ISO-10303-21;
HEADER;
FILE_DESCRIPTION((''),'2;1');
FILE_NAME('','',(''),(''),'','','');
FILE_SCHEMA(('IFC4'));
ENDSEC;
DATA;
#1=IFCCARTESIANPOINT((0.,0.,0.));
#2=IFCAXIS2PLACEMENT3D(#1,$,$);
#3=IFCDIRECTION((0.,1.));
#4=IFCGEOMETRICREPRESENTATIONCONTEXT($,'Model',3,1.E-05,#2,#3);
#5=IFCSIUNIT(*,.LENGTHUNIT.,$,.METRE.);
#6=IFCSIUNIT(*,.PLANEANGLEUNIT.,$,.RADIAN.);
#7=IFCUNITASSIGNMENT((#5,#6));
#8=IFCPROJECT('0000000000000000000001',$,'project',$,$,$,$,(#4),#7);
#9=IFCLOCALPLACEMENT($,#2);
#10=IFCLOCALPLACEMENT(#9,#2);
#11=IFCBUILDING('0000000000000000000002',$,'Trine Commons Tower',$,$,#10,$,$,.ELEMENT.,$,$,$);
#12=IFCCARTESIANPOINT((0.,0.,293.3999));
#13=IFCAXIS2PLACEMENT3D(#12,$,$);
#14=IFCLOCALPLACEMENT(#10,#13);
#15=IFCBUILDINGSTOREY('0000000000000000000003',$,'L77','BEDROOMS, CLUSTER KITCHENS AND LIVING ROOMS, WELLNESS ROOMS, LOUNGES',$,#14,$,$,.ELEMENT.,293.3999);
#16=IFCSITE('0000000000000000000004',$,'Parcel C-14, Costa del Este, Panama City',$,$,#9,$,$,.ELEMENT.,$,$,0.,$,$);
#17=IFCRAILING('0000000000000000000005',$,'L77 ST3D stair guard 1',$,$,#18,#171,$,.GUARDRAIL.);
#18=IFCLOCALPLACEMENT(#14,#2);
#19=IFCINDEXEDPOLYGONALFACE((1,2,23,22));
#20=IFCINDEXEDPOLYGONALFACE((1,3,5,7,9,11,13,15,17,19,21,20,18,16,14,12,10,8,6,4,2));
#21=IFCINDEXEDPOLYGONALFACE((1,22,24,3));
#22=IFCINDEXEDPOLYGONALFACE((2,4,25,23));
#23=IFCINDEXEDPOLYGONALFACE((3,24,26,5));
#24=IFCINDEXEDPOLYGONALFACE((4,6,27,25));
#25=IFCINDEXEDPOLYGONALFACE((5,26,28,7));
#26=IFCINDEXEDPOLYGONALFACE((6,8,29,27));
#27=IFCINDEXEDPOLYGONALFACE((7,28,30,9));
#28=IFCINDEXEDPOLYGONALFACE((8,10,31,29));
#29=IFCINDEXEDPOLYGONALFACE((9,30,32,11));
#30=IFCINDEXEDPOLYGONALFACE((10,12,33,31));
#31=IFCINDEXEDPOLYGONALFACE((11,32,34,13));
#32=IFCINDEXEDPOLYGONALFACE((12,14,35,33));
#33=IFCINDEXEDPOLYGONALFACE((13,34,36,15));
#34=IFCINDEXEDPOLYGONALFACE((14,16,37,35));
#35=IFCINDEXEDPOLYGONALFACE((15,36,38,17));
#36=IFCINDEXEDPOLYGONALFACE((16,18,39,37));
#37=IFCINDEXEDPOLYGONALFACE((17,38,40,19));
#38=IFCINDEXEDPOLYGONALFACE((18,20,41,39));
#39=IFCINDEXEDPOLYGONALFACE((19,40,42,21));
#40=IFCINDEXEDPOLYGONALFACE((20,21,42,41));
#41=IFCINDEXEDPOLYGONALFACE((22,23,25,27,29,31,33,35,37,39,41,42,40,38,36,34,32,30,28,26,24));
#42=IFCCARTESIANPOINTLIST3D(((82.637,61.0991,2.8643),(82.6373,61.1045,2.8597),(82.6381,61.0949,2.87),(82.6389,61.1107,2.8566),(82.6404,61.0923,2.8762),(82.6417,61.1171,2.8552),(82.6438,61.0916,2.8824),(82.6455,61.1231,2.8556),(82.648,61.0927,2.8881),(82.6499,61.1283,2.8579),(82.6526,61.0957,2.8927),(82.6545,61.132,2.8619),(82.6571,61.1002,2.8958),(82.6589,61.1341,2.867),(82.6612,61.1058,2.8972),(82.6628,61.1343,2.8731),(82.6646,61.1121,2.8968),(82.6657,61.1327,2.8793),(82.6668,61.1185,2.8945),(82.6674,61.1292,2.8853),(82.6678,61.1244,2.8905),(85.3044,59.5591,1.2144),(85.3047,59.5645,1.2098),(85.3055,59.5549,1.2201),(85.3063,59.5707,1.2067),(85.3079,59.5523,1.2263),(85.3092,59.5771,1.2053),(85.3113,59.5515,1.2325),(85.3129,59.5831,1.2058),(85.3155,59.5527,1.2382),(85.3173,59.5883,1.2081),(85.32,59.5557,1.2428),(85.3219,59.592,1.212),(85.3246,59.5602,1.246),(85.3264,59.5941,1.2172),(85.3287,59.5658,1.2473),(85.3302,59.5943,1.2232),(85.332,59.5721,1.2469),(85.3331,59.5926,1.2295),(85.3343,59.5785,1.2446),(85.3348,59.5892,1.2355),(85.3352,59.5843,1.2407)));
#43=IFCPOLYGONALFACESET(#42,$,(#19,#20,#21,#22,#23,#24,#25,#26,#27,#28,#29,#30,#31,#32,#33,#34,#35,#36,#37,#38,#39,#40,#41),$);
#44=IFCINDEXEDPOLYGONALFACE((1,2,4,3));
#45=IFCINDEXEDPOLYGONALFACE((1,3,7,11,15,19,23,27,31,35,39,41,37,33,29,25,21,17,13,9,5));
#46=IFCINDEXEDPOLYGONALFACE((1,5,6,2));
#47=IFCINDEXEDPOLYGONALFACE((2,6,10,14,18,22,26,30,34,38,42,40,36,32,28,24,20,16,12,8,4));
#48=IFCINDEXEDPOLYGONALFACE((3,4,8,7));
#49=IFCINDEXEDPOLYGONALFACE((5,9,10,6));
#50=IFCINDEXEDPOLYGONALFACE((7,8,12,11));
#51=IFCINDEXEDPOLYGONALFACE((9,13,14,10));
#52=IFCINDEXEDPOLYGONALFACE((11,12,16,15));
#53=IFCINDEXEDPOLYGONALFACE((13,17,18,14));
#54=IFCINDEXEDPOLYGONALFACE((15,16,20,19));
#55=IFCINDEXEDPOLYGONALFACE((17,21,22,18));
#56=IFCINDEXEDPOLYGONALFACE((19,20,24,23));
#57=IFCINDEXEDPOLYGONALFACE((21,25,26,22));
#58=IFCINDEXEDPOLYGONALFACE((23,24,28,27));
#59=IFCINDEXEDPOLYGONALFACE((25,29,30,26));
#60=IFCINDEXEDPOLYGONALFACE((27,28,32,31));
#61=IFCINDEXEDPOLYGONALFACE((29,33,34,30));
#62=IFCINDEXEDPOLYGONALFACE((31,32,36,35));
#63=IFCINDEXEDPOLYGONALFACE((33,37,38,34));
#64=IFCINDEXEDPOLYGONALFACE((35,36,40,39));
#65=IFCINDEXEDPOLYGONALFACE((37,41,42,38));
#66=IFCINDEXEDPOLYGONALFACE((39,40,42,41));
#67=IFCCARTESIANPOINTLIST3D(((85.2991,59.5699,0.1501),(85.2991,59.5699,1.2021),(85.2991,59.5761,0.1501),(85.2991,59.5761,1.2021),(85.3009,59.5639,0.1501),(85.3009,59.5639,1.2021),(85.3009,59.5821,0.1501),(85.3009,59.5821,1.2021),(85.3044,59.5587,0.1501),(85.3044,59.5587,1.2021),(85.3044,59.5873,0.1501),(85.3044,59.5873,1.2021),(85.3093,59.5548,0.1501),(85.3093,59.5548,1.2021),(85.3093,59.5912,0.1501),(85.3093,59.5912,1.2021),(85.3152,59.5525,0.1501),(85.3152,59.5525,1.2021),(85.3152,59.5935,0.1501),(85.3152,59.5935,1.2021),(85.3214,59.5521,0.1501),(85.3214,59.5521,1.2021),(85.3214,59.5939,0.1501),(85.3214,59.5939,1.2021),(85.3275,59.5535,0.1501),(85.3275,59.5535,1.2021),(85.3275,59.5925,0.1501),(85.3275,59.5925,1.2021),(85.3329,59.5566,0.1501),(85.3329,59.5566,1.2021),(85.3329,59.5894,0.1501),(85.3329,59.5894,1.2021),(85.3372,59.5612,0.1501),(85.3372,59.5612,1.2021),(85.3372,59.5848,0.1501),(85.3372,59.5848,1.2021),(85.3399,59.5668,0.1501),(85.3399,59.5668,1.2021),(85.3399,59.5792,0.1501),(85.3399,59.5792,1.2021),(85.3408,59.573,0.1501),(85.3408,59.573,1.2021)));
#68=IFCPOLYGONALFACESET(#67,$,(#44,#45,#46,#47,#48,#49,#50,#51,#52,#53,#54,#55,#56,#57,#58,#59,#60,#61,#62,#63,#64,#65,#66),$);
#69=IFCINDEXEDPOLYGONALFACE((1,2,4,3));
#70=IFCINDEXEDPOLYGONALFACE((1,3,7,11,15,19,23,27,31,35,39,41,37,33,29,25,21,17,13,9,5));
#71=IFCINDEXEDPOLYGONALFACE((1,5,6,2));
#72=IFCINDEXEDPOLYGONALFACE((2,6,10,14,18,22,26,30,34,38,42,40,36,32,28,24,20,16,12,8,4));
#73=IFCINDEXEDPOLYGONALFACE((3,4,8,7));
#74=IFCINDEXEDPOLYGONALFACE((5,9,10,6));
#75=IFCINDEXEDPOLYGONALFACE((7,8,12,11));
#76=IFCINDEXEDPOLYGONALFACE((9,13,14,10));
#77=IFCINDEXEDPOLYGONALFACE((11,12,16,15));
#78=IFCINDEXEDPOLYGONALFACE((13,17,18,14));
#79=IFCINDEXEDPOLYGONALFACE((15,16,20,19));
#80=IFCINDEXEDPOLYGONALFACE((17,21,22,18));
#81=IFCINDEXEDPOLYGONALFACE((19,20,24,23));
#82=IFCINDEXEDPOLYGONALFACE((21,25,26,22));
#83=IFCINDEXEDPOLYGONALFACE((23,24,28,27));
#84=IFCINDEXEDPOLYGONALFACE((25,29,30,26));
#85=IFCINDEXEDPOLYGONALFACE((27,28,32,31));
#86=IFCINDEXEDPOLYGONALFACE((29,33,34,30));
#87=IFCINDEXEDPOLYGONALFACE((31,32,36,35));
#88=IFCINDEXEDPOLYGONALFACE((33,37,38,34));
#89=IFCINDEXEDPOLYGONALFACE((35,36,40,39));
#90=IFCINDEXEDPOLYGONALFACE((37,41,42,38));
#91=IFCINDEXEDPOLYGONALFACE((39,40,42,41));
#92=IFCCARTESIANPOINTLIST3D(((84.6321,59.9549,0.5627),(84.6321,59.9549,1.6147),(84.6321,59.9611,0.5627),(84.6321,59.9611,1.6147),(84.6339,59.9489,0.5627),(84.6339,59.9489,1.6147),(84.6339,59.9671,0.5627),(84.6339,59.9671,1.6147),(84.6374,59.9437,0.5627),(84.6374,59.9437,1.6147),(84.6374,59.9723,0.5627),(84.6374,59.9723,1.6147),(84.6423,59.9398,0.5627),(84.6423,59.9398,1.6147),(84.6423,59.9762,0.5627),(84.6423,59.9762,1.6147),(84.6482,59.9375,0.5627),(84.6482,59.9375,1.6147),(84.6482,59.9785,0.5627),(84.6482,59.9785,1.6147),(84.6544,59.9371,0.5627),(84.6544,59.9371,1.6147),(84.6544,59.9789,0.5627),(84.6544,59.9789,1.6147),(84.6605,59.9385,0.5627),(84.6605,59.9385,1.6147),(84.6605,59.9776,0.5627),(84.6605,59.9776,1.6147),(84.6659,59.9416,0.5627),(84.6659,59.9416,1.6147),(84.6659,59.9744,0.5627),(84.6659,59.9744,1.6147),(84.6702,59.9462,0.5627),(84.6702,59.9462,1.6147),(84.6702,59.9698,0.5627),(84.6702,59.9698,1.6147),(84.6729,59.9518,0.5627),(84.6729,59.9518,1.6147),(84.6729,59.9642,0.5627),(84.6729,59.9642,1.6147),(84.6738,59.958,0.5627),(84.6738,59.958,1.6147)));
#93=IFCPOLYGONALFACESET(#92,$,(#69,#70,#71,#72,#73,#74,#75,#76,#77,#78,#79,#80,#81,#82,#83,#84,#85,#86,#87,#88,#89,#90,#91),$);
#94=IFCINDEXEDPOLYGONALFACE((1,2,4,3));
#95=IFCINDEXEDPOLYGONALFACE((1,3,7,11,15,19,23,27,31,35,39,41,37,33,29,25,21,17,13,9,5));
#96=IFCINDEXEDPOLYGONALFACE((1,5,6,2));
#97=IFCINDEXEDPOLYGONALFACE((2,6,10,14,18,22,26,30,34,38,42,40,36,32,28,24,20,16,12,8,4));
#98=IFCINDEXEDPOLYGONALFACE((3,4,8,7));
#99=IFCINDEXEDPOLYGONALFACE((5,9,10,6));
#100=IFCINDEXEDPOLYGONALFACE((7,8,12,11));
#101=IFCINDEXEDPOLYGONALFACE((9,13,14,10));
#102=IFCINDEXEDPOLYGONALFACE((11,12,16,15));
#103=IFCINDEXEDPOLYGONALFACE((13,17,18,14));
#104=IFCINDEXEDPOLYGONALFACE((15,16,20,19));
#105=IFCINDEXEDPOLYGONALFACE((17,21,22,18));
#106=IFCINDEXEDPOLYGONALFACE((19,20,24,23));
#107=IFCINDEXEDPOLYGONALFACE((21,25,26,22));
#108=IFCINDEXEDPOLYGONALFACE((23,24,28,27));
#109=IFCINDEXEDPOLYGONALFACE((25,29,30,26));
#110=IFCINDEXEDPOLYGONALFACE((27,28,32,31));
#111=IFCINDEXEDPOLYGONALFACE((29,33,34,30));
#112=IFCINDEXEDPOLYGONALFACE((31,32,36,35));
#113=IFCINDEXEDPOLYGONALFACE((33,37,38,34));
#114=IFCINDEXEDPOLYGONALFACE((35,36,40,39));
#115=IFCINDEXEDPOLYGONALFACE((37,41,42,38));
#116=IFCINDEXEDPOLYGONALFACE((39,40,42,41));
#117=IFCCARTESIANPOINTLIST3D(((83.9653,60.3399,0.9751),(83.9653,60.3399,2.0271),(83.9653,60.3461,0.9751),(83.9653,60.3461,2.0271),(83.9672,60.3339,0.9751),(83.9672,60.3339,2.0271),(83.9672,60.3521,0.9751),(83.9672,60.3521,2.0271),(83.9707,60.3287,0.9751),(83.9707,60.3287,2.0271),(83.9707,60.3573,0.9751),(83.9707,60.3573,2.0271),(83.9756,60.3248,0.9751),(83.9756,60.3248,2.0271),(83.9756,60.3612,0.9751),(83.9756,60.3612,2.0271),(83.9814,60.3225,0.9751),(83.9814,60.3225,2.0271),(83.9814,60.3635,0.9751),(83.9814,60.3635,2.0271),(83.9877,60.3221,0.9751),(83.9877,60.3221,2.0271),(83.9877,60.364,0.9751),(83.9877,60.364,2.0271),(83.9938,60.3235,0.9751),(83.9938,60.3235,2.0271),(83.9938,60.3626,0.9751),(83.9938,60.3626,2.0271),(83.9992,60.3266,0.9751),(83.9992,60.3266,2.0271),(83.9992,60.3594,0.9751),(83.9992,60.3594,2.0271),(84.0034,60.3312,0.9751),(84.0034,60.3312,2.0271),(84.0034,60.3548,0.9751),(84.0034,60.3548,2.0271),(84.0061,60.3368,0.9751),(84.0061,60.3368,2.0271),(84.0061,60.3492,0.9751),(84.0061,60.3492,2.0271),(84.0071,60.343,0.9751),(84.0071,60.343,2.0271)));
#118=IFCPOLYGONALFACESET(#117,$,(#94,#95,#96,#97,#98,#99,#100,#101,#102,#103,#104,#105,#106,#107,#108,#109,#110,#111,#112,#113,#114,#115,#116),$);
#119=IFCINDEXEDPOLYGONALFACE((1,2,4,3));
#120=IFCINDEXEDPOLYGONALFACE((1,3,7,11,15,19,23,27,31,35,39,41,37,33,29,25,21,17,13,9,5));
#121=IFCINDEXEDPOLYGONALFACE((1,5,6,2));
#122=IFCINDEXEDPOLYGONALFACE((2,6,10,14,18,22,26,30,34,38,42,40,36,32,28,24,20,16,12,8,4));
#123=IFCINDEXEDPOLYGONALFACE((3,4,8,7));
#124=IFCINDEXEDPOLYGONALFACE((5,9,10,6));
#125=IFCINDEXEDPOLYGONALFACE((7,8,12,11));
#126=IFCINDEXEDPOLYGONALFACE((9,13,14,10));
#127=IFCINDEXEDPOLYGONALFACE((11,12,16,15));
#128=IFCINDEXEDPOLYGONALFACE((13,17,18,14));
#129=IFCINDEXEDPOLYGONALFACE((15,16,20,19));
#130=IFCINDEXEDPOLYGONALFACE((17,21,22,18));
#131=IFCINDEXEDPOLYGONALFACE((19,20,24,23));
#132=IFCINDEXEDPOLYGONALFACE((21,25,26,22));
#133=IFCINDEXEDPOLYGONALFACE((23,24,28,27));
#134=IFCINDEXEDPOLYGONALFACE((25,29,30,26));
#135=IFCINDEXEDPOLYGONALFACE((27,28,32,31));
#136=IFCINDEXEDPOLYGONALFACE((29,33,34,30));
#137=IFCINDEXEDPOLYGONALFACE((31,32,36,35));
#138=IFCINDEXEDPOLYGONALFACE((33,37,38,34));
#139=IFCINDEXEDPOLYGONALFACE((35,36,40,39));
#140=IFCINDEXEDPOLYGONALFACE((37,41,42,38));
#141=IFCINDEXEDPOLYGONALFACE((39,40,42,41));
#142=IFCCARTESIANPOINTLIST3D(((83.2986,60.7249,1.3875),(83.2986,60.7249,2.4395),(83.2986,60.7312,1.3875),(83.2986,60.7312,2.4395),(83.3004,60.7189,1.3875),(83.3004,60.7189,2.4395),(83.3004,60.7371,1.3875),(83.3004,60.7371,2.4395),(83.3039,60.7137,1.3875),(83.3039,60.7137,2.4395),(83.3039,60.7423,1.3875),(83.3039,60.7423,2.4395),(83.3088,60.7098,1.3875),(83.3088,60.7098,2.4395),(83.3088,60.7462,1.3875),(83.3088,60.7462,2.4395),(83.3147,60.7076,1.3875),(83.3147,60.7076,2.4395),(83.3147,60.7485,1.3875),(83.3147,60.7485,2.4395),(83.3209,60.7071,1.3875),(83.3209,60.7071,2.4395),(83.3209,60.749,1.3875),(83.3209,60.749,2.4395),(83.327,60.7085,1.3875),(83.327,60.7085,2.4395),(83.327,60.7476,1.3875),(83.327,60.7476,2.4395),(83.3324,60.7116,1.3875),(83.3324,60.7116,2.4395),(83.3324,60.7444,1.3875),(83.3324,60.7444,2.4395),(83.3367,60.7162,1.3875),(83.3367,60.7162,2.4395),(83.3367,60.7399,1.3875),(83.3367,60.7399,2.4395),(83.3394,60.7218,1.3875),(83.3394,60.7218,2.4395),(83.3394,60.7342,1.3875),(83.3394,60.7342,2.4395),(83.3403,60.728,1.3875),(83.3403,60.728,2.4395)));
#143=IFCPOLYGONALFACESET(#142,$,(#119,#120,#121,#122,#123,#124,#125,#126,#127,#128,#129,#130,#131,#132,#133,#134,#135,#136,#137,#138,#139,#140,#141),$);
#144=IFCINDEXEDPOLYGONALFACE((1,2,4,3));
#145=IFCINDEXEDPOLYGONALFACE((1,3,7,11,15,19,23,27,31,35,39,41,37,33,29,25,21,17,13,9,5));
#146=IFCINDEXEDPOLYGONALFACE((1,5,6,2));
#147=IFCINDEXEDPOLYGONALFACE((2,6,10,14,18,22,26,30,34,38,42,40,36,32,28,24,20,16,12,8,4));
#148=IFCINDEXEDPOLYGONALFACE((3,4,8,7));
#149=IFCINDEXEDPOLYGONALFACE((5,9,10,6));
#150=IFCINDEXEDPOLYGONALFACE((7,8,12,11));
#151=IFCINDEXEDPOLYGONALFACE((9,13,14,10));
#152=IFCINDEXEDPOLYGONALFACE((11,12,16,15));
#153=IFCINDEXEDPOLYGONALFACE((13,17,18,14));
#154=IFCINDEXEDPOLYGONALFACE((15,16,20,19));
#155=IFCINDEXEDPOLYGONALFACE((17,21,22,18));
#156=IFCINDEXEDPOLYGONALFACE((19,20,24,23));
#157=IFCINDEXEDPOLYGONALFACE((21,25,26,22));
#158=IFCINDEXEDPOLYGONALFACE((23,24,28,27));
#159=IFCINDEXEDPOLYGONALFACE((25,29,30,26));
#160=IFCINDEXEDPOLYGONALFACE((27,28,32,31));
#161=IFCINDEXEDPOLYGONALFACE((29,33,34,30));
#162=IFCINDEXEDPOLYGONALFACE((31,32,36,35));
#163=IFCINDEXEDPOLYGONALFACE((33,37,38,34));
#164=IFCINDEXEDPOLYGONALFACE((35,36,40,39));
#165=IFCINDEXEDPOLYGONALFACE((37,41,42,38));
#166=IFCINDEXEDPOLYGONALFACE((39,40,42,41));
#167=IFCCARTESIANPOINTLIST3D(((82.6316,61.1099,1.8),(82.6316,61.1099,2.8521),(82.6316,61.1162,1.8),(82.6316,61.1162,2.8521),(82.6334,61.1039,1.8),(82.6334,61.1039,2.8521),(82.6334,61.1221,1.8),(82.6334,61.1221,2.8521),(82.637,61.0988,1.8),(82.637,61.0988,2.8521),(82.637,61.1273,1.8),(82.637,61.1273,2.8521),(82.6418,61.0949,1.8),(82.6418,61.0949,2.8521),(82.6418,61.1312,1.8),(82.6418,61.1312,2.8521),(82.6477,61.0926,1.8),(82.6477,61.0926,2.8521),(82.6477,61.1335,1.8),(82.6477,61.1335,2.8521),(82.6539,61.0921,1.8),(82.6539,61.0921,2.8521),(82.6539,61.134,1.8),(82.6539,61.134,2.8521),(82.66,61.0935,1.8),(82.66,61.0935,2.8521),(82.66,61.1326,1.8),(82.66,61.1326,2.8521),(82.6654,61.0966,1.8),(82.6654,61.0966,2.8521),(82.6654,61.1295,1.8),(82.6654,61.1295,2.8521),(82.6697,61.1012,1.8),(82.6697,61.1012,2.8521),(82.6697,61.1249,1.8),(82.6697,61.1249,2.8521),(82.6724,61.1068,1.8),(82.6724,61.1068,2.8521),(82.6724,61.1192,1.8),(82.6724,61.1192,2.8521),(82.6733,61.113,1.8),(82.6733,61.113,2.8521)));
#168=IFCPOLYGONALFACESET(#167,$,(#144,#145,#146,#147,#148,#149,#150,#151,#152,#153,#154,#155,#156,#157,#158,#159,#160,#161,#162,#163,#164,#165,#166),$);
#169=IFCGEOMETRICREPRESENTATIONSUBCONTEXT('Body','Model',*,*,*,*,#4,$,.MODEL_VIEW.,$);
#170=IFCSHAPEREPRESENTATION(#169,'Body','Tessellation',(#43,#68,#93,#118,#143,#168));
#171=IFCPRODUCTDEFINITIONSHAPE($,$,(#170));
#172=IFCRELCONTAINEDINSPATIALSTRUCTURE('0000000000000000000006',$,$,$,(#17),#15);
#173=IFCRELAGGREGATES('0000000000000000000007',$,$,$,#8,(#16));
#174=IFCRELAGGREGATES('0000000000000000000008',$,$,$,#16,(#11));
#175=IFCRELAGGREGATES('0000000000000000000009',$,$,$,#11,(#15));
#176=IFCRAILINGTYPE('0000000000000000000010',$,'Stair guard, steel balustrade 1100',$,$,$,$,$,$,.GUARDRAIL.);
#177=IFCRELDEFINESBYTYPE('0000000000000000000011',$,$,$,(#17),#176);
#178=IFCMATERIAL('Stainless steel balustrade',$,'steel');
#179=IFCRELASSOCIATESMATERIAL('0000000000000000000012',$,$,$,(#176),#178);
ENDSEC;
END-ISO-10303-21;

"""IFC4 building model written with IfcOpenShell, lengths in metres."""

from ifc_helpers import new_model, si_unit, direction, frame, origin, origin_2d, place, context, subcontext, project, spatial, circle, extrude, material, type_object, element, save


model = new_model("IFC4")

# Units and contexts
model_context = context("Model", 3, precision=1e-05, world=origin(), true_north=direction((0.0, 1.0)))
body_context = subcontext(model_context, "Body", "Model", "MODEL_VIEW")
ifc_project = project(units=[si_unit("LENGTHUNIT", "METRE"), si_unit("PLANEANGLEUNIT", "RADIAN")], contexts=[model_context])

# Site, building, storey
site_placement = place(None, origin())
site = spatial("IfcSite", under=ifc_project, at=site_placement, Name="Parcel C-14, Costa del Este, Panama City", CompositionType="ELEMENT", RefElevation=0.0)
building_placement = place(site_placement, origin())
building = spatial("IfcBuilding", under=site, at=building_placement, Name="Trine Commons Tower", CompositionType="ELEMENT")
storey_placement = place(building_placement, frame((0.0, 0.0, 293.3999)))
storey = spatial("IfcBuildingStorey", under=building, at=storey_placement, Name="L77", Description="BEDROOMS, CLUSTER KITCHENS AND LIVING ROOMS, WELLNESS ROOMS, LOUNGES", CompositionType="ELEMENT", Elevation=293.3999)

# Railing
ifc_material_1 = material(Name="Stainless steel balustrade", Category="steel")
railing_type_1 = type_object("IfcRailingType", Name="Stair guard, steel balustrade 1100", PredefinedType="GUARDRAIL", material=ifc_material_1)
railing_1_placement = place(storey_placement, frame((85.3198, 59.573, 0.1501)))
element("IfcRailing", 1, at=railing_1_placement, inside=storey, type_object=railing_type_1, Name="L77 ST3D stair guard 1", PredefinedType="GUARDRAIL", context=body_context, shape_type="SweptSolid", body=[
    extrude(circle(Radius=0.0239, at=origin_2d()), frame((0.0, 0.0, 1.0762), z_axis=(-0.763405, 0.440743, 0.472185), x_axis=(-0.499992, -0.86603, 0.0)), (0.0, 0.0, 1.0), 3.4941),
    extrude(circle(Radius=0.021, at=origin_2d()), origin(), (0.0, 0.0, 1.0), 1.052),
    extrude(circle(Radius=0.021, at=origin_2d()), frame((-0.667, 0.385, 0.4126)), (0.0, 0.0, 1.0), 1.052),
    extrude(circle(Radius=0.021, at=origin_2d()), frame((-1.3337, 0.77, 0.825)), (0.0, 0.0, 1.0), 1.052),
    extrude(circle(Radius=0.021, at=origin_2d()), frame((-2.0005, 1.155, 1.2373)), (0.0, 0.0, 1.0), 1.052),
    extrude(circle(Radius=0.021, at=origin_2d()), frame((-2.6675, 1.54, 1.6499)), (0.0, 0.0, 1.0), 1.052),
])

save(model, "model.ifc")
